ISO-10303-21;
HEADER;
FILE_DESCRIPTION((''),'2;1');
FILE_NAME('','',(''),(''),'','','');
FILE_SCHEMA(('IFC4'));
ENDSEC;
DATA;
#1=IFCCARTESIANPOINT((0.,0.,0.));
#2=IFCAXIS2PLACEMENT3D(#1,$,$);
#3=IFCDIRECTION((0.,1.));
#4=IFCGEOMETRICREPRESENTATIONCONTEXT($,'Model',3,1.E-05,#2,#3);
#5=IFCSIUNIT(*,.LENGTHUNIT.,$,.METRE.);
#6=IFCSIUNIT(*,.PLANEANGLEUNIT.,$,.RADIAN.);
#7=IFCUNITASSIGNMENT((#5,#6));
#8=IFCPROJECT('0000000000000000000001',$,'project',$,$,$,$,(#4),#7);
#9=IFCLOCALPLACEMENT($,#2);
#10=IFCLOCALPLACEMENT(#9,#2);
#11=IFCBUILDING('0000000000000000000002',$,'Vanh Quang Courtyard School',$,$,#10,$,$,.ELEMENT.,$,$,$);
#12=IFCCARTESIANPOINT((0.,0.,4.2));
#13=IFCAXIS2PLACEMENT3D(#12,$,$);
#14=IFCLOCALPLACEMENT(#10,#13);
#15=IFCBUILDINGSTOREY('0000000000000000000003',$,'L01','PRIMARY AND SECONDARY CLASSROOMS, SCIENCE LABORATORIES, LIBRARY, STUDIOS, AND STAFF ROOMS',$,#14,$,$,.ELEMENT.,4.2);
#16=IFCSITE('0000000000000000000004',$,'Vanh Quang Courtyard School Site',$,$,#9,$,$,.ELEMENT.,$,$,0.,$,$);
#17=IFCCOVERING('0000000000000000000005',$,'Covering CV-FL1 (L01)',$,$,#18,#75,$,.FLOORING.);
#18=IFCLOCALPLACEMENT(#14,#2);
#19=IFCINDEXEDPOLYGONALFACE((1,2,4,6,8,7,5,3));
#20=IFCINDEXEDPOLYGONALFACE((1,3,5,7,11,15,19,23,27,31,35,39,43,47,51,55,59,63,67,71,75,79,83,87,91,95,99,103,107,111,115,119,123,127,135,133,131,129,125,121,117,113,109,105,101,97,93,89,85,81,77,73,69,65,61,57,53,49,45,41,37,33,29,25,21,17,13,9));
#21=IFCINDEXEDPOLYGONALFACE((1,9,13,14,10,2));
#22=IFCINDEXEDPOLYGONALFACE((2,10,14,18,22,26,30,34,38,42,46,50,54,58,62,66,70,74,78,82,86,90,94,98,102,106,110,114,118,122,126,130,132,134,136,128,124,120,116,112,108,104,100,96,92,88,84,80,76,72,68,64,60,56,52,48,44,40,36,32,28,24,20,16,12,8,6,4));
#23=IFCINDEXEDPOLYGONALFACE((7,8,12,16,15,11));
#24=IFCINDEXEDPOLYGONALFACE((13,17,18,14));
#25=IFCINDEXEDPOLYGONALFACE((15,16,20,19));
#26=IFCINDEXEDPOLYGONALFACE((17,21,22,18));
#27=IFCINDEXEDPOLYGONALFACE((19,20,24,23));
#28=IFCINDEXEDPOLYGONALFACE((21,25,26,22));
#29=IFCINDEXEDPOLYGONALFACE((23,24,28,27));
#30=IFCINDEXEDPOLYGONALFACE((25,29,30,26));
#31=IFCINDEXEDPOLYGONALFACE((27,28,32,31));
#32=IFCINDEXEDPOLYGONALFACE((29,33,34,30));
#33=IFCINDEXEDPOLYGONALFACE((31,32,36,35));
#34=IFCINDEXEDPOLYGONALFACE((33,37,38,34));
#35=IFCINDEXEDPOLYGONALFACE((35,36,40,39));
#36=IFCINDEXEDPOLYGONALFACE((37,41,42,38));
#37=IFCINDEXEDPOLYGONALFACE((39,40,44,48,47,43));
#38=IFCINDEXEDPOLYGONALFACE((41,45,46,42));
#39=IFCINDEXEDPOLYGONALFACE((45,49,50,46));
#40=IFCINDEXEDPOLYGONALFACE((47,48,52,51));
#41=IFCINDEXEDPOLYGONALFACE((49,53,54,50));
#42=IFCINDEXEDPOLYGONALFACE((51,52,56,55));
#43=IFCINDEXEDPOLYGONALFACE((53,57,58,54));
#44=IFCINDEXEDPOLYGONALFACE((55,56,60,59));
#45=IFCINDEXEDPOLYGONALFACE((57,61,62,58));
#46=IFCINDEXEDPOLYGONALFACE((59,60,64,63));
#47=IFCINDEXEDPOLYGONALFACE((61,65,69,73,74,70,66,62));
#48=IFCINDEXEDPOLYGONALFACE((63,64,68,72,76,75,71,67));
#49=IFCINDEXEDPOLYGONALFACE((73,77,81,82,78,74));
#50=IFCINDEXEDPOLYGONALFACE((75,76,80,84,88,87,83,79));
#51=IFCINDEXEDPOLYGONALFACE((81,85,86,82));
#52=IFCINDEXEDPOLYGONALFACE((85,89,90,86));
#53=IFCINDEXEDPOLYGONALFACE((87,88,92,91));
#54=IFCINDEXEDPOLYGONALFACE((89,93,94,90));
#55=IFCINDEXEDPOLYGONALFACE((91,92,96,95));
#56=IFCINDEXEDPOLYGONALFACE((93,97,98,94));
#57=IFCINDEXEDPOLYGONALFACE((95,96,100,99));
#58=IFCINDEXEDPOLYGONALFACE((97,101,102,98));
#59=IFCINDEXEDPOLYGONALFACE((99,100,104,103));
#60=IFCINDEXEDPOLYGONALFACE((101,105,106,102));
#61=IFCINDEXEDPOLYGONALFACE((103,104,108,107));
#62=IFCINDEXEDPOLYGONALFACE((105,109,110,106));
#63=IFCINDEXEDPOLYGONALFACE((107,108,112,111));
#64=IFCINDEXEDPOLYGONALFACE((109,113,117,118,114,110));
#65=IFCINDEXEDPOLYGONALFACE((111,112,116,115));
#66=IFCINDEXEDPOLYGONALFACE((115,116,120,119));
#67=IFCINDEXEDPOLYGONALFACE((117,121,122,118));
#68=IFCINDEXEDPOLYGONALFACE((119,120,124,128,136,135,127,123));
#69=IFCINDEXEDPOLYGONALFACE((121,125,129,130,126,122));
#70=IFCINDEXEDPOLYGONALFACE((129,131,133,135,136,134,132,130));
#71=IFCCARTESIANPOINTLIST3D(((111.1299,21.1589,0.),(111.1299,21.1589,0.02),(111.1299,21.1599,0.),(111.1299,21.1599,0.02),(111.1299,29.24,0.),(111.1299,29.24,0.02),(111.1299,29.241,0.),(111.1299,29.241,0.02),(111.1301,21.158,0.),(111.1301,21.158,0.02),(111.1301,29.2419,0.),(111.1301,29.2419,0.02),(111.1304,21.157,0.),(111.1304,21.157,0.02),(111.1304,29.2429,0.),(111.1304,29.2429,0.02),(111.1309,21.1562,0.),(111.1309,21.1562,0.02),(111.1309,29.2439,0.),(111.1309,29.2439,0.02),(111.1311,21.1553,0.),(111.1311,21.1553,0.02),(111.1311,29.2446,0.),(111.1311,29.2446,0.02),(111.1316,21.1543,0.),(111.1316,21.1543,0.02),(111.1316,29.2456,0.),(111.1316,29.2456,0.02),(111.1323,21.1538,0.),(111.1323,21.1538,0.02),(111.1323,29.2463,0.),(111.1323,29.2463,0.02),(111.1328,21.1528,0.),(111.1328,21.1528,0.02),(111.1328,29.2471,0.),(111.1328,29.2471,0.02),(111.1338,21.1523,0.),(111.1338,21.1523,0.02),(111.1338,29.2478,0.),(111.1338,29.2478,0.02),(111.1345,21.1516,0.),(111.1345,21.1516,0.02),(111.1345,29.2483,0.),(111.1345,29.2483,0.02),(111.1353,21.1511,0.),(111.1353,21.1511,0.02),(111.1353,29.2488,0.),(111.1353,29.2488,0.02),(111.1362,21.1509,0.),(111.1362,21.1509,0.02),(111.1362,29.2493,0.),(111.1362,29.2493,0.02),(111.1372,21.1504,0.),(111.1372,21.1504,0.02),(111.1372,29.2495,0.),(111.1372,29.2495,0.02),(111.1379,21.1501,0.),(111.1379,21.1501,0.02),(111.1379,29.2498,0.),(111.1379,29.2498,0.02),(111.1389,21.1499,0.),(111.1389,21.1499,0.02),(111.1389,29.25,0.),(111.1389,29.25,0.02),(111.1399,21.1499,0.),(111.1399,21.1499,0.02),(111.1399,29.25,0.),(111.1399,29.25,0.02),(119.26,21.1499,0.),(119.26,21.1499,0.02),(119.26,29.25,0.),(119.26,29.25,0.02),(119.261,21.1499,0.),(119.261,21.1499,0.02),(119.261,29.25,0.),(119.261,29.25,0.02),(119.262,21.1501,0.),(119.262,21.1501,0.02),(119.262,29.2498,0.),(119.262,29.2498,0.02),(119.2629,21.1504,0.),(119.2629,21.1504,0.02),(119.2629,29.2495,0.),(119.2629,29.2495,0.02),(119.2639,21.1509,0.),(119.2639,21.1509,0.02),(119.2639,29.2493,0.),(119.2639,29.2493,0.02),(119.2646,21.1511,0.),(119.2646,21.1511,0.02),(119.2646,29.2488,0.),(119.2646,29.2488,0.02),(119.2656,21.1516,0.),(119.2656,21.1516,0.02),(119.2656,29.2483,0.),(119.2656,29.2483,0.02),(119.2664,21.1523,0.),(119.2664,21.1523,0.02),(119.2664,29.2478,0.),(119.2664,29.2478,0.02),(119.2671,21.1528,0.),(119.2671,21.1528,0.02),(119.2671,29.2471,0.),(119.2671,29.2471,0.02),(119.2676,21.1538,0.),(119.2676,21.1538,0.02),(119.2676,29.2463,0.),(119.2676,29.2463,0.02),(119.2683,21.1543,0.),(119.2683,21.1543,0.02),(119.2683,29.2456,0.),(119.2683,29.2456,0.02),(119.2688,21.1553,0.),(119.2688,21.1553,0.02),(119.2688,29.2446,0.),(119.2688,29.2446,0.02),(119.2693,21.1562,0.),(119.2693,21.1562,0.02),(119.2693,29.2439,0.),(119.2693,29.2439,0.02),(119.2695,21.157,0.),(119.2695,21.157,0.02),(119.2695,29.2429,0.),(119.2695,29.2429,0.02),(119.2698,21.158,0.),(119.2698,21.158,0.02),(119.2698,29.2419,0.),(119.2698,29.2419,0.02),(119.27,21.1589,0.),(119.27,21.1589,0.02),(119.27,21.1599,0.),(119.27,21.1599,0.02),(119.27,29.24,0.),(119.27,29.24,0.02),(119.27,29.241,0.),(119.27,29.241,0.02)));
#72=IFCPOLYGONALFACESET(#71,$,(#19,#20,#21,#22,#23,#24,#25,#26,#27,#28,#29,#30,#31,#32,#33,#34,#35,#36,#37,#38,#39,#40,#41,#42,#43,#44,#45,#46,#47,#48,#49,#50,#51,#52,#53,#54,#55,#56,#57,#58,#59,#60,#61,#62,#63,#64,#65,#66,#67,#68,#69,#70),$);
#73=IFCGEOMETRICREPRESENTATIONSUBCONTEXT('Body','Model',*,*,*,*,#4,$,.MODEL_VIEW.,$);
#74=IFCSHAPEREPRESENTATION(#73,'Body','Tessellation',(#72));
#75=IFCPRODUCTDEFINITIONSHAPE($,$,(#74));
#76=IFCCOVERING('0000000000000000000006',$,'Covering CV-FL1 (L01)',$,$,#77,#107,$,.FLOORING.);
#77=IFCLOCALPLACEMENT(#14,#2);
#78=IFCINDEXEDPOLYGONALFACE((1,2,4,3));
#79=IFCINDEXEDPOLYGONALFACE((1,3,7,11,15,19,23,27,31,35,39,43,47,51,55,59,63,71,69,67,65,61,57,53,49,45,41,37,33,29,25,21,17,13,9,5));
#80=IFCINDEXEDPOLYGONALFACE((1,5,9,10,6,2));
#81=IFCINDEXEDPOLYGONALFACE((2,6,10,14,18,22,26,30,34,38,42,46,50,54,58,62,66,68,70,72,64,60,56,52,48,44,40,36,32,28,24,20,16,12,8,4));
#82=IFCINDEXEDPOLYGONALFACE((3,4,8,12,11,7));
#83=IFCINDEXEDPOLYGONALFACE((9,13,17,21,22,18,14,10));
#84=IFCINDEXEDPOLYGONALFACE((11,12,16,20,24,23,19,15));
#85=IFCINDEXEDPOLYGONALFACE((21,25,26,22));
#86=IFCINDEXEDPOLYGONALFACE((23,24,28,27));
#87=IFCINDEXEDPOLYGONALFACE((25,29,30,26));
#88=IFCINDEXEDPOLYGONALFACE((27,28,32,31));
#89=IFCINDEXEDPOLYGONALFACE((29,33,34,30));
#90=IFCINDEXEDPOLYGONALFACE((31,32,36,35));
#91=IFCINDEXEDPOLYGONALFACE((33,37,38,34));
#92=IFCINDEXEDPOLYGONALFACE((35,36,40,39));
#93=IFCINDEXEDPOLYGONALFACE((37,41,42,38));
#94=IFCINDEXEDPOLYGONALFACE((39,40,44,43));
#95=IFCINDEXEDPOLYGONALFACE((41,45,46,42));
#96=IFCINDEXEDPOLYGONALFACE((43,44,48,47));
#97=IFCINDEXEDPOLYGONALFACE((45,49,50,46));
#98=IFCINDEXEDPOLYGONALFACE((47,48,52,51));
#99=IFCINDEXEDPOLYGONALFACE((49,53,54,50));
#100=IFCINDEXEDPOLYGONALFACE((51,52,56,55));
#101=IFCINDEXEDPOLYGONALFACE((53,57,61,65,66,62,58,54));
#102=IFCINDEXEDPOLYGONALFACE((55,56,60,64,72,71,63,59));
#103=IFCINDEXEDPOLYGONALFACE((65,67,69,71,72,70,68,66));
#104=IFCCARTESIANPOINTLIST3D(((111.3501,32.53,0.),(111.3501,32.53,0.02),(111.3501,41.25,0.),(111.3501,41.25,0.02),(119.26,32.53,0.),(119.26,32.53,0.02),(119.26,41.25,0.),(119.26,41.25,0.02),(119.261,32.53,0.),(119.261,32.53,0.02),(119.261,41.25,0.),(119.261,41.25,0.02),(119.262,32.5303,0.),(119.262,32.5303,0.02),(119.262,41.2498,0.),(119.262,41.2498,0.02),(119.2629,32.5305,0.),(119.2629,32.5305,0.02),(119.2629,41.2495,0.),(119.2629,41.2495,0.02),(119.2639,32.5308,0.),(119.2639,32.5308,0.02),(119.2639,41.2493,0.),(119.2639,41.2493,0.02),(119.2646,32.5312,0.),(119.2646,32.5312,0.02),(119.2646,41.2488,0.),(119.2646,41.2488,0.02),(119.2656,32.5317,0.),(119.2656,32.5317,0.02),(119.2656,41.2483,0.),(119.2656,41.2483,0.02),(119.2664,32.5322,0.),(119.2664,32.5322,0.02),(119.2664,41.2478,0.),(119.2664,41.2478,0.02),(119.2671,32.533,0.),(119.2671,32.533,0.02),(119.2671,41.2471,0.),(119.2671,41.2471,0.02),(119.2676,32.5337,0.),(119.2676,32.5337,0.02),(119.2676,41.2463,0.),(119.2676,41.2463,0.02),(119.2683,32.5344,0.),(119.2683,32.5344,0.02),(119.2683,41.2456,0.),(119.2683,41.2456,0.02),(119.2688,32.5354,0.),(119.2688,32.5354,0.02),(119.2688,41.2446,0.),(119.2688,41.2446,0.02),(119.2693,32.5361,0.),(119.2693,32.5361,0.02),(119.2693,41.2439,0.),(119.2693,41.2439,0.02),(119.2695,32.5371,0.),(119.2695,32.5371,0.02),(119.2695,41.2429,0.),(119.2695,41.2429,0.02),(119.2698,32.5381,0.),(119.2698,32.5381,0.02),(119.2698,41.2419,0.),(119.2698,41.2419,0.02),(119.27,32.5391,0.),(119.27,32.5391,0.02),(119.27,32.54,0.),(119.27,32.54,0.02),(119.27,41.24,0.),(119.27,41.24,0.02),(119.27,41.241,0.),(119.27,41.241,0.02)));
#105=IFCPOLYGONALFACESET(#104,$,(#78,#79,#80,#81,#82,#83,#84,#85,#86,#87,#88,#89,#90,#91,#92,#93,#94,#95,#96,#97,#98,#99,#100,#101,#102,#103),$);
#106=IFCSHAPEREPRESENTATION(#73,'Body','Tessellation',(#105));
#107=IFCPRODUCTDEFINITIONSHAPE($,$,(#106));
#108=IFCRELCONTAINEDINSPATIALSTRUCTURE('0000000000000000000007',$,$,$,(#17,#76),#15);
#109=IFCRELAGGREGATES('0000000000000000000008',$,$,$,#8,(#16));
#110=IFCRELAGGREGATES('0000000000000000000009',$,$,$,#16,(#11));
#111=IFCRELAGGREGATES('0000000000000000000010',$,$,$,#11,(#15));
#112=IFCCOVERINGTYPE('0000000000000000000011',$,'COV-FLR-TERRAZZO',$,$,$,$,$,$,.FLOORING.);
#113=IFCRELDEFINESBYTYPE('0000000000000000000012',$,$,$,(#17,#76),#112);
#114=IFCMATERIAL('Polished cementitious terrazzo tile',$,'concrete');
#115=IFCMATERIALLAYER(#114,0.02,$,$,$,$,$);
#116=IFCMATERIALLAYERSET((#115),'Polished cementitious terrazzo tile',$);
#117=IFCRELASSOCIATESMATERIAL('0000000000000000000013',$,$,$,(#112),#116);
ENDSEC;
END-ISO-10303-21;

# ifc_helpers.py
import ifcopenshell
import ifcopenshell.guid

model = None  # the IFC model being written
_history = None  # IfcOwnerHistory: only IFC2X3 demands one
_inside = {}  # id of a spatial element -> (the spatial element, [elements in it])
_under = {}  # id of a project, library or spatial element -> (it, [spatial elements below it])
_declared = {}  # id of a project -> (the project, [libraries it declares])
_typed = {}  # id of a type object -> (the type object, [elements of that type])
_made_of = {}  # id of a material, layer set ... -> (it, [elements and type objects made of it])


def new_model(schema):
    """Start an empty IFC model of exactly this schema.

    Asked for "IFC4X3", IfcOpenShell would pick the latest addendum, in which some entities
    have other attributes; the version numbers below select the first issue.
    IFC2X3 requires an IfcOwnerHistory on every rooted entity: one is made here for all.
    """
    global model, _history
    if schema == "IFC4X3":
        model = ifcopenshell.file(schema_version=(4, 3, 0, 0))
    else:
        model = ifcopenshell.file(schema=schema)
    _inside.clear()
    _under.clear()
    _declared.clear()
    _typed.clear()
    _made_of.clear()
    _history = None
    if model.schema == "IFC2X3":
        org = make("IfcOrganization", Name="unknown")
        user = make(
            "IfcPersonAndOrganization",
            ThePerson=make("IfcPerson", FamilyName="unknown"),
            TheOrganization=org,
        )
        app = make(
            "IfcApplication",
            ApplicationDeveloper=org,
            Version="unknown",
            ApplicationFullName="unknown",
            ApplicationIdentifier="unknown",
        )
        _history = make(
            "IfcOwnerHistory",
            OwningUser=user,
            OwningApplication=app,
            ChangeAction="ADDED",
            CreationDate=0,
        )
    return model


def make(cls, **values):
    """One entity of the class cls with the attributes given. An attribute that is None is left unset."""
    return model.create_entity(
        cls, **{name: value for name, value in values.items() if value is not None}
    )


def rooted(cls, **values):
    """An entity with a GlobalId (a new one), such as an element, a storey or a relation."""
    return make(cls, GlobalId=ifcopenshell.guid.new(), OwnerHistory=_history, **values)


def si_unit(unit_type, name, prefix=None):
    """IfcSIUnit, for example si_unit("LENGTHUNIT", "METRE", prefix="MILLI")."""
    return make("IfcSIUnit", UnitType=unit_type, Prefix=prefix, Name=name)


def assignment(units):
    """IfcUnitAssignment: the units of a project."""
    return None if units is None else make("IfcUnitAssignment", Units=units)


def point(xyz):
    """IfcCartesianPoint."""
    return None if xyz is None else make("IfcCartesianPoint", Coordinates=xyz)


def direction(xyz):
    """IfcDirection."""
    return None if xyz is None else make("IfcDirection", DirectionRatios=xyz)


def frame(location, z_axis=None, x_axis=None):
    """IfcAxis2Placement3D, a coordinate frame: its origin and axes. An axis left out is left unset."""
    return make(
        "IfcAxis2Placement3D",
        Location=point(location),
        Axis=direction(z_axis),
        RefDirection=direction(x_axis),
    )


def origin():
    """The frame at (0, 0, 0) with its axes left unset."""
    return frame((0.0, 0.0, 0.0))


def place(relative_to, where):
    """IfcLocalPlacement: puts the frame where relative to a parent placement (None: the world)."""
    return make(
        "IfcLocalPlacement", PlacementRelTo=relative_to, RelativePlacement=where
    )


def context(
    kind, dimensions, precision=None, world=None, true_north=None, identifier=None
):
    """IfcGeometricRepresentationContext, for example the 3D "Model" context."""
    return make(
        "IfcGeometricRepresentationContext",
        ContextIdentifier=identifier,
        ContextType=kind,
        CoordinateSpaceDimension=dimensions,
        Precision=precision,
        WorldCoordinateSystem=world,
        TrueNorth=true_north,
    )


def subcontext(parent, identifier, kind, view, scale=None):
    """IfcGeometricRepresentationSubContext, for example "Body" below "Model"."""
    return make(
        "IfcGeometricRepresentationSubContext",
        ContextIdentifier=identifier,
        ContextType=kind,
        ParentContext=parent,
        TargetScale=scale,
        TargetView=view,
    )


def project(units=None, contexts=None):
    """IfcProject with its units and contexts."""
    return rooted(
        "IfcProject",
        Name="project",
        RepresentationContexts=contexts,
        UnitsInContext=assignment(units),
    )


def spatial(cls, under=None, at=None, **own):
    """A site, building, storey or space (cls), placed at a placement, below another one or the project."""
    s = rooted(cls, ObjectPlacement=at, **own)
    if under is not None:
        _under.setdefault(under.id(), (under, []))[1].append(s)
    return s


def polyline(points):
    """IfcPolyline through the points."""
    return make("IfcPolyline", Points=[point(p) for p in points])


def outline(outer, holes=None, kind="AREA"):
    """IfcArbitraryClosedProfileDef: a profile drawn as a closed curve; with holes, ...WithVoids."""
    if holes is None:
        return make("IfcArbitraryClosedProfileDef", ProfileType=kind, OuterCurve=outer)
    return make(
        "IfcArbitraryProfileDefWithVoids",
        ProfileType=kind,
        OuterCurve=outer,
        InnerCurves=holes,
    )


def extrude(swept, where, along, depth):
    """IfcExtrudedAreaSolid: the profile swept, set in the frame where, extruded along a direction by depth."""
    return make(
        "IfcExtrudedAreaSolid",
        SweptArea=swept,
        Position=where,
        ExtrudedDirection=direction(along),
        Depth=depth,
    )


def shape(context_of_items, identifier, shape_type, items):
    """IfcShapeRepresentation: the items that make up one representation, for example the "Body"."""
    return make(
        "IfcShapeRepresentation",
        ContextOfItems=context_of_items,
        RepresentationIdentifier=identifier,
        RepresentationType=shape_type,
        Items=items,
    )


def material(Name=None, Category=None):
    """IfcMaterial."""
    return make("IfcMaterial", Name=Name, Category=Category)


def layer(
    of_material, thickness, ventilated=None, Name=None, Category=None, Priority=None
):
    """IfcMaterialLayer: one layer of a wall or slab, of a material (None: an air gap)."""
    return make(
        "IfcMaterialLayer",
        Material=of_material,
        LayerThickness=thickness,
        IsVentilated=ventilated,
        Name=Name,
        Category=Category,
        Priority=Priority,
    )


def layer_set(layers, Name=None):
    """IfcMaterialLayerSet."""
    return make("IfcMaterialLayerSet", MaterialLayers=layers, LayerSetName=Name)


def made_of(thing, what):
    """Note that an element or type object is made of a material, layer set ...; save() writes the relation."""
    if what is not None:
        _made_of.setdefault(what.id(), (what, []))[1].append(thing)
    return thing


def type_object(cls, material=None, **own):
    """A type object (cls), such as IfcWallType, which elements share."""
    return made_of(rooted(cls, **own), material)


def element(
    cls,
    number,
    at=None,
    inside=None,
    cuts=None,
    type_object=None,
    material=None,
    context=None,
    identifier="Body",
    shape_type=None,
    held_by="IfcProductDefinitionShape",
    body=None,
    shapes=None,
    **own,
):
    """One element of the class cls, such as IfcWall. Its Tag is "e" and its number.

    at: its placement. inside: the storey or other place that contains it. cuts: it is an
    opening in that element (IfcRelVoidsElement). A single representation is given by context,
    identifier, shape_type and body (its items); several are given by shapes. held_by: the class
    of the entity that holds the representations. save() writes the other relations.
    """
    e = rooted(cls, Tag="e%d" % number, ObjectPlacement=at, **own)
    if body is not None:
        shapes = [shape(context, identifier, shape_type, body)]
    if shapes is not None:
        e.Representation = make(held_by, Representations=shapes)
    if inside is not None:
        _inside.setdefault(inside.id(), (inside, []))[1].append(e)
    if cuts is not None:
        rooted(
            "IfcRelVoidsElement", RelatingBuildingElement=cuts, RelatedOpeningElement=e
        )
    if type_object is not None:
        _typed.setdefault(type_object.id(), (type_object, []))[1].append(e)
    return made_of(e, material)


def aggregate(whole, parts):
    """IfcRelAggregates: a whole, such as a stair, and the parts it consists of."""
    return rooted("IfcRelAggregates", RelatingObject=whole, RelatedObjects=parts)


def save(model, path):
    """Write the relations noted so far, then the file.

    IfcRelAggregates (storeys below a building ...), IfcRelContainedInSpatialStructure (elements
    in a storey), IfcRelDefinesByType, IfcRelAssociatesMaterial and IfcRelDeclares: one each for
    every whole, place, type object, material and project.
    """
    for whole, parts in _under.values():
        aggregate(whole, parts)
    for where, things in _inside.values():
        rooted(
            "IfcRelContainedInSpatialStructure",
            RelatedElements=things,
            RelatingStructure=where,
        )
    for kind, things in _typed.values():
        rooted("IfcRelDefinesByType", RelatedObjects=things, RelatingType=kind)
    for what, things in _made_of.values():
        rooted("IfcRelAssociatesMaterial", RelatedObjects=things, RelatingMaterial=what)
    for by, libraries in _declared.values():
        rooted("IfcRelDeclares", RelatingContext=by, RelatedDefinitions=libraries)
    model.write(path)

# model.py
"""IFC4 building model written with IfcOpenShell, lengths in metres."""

from ifc_helpers import new_model, si_unit, direction, frame, origin, place, context, subcontext, project, spatial, polyline, outline, extrude, material, layer, layer_set, type_object, element, save


model = new_model("IFC4")

# Units and contexts
model_context = context("Model", 3, precision=1e-05, world=origin(), true_north=direction((0.0, 1.0)))
body_context = subcontext(model_context, "Body", "Model", "MODEL_VIEW")
ifc_project = project(units=[si_unit("LENGTHUNIT", "METRE"), si_unit("PLANEANGLEUNIT", "RADIAN")], contexts=[model_context])

# Site, building, storey
site_placement = place(None, origin())
site = spatial("IfcSite", under=ifc_project, at=site_placement, Name="Vanh Quang Courtyard School Site", CompositionType="ELEMENT", RefElevation=0.0)
building_placement = place(site_placement, origin())
building = spatial("IfcBuilding", under=site, at=building_placement, Name="Vanh Quang Courtyard School", CompositionType="ELEMENT")
storey_placement = place(building_placement, frame((0.0, 0.0, 4.2)))
storey = spatial("IfcBuildingStorey", under=building, at=storey_placement, Name="L01", Description="PRIMARY AND SECONDARY CLASSROOMS, SCIENCE LABORATORIES, LIBRARY, STUDIOS, AND STAFF ROOMS", CompositionType="ELEMENT", Elevation=4.2)

# Coverings
ifc_material_1 = material(Name="Polished cementitious terrazzo tile", Category="concrete")
ifc_layer_1 = layer(ifc_material_1, 0.02)
ifc_layer_set_1 = layer_set([ifc_layer_1], Name="Polished cementitious terrazzo tile")
covering_type_1 = type_object("IfcCoveringType", Name="COV-FLR-TERRAZZO", PredefinedType="FLOORING", material=ifc_layer_set_1)
covering_1_placement = place(storey_placement, origin())
element("IfcCovering", 1, at=covering_1_placement, inside=storey, type_object=covering_type_1, Name="Covering CV-FL1 (L01)", PredefinedType="FLOORING", context=body_context, shape_type="SweptSolid", body=[
    extrude(outline(polyline([(111.1399, 21.1499), (111.1389, 21.1499), (111.1379, 21.1501), (111.1372, 21.1504), (111.1362, 21.1509), (111.1353, 21.1511), (111.1345, 21.1516), (111.1338, 21.1523), (111.1328, 21.1528), (111.1323, 21.1538), (111.1316, 21.1543), (111.1311, 21.1553), (111.1309, 21.1562), (111.1304, 21.157), (111.1301, 21.158), (111.1299, 21.1589), (111.1299, 21.1599), (111.1299, 29.24), (111.1299, 29.241), (111.1301, 29.2419), (111.1304, 29.2429), (111.1309, 29.2439), (111.1311, 29.2446), (111.1316, 29.2456), (111.1323, 29.2463), (111.1328, 29.2471), (111.1338, 29.2478), (111.1345, 29.2483), (111.1353, 29.2488), (111.1362, 29.2493), (111.1372, 29.2495), (111.1379, 29.2498), (111.1389, 29.25), (111.1399, 29.25), (119.26, 29.25), (119.261, 29.25), (119.262, 29.2498), (119.2629, 29.2495), (119.2639, 29.2493), (119.2646, 29.2488), (119.2656, 29.2483), (119.2664, 29.2478), (119.2671, 29.2471), (119.2676, 29.2463), (119.2683, 29.2456), (119.2688, 29.2446), (119.2693, 29.2439), (119.2695, 29.2429), (119.2698, 29.2419), (119.27, 29.241), (119.27, 29.24), (119.27, 21.1599), (119.27, 21.1589), (119.2698, 21.158), (119.2695, 21.157), (119.2693, 21.1562), (119.2688, 21.1553), (119.2683, 21.1543), (119.2676, 21.1538), (119.2671, 21.1528), (119.2664, 21.1523), (119.2656, 21.1516), (119.2646, 21.1511), (119.2639, 21.1509), (119.2629, 21.1504), (119.262, 21.1501), (119.261, 21.1499), (119.26, 21.1499), (111.1399, 21.1499)])), origin(), (0.0, 0.0, 1.0), 0.02),
])
covering_2_placement = place(storey_placement, origin())
element("IfcCovering", 2, at=covering_2_placement, inside=storey, type_object=covering_type_1, Name="Covering CV-FL1 (L01)", PredefinedType="FLOORING", context=body_context, shape_type="SweptSolid", body=[
    extrude(outline(polyline([(111.3501, 32.53), (111.3501, 41.25), (119.26, 41.25), (119.261, 41.25), (119.262, 41.2498), (119.2629, 41.2495), (119.2639, 41.2493), (119.2646, 41.2488), (119.2656, 41.2483), (119.2664, 41.2478), (119.2671, 41.2471), (119.2676, 41.2463), (119.2683, 41.2456), (119.2688, 41.2446), (119.2693, 41.2439), (119.2695, 41.2429), (119.2698, 41.2419), (119.27, 41.241), (119.27, 41.24), (119.27, 32.54), (119.27, 32.5391), (119.2698, 32.5381), (119.2695, 32.5371), (119.2693, 32.5361), (119.2688, 32.5354), (119.2683, 32.5344), (119.2676, 32.5337), (119.2671, 32.533), (119.2664, 32.5322), (119.2656, 32.5317), (119.2646, 32.5312), (119.2639, 32.5308), (119.2629, 32.5305), (119.262, 32.5303), (119.261, 32.53), (119.26, 32.53), (111.3501, 32.53)])), origin(), (0.0, 0.0, 1.0), 0.02),
])

save(model, "model.ifc")
